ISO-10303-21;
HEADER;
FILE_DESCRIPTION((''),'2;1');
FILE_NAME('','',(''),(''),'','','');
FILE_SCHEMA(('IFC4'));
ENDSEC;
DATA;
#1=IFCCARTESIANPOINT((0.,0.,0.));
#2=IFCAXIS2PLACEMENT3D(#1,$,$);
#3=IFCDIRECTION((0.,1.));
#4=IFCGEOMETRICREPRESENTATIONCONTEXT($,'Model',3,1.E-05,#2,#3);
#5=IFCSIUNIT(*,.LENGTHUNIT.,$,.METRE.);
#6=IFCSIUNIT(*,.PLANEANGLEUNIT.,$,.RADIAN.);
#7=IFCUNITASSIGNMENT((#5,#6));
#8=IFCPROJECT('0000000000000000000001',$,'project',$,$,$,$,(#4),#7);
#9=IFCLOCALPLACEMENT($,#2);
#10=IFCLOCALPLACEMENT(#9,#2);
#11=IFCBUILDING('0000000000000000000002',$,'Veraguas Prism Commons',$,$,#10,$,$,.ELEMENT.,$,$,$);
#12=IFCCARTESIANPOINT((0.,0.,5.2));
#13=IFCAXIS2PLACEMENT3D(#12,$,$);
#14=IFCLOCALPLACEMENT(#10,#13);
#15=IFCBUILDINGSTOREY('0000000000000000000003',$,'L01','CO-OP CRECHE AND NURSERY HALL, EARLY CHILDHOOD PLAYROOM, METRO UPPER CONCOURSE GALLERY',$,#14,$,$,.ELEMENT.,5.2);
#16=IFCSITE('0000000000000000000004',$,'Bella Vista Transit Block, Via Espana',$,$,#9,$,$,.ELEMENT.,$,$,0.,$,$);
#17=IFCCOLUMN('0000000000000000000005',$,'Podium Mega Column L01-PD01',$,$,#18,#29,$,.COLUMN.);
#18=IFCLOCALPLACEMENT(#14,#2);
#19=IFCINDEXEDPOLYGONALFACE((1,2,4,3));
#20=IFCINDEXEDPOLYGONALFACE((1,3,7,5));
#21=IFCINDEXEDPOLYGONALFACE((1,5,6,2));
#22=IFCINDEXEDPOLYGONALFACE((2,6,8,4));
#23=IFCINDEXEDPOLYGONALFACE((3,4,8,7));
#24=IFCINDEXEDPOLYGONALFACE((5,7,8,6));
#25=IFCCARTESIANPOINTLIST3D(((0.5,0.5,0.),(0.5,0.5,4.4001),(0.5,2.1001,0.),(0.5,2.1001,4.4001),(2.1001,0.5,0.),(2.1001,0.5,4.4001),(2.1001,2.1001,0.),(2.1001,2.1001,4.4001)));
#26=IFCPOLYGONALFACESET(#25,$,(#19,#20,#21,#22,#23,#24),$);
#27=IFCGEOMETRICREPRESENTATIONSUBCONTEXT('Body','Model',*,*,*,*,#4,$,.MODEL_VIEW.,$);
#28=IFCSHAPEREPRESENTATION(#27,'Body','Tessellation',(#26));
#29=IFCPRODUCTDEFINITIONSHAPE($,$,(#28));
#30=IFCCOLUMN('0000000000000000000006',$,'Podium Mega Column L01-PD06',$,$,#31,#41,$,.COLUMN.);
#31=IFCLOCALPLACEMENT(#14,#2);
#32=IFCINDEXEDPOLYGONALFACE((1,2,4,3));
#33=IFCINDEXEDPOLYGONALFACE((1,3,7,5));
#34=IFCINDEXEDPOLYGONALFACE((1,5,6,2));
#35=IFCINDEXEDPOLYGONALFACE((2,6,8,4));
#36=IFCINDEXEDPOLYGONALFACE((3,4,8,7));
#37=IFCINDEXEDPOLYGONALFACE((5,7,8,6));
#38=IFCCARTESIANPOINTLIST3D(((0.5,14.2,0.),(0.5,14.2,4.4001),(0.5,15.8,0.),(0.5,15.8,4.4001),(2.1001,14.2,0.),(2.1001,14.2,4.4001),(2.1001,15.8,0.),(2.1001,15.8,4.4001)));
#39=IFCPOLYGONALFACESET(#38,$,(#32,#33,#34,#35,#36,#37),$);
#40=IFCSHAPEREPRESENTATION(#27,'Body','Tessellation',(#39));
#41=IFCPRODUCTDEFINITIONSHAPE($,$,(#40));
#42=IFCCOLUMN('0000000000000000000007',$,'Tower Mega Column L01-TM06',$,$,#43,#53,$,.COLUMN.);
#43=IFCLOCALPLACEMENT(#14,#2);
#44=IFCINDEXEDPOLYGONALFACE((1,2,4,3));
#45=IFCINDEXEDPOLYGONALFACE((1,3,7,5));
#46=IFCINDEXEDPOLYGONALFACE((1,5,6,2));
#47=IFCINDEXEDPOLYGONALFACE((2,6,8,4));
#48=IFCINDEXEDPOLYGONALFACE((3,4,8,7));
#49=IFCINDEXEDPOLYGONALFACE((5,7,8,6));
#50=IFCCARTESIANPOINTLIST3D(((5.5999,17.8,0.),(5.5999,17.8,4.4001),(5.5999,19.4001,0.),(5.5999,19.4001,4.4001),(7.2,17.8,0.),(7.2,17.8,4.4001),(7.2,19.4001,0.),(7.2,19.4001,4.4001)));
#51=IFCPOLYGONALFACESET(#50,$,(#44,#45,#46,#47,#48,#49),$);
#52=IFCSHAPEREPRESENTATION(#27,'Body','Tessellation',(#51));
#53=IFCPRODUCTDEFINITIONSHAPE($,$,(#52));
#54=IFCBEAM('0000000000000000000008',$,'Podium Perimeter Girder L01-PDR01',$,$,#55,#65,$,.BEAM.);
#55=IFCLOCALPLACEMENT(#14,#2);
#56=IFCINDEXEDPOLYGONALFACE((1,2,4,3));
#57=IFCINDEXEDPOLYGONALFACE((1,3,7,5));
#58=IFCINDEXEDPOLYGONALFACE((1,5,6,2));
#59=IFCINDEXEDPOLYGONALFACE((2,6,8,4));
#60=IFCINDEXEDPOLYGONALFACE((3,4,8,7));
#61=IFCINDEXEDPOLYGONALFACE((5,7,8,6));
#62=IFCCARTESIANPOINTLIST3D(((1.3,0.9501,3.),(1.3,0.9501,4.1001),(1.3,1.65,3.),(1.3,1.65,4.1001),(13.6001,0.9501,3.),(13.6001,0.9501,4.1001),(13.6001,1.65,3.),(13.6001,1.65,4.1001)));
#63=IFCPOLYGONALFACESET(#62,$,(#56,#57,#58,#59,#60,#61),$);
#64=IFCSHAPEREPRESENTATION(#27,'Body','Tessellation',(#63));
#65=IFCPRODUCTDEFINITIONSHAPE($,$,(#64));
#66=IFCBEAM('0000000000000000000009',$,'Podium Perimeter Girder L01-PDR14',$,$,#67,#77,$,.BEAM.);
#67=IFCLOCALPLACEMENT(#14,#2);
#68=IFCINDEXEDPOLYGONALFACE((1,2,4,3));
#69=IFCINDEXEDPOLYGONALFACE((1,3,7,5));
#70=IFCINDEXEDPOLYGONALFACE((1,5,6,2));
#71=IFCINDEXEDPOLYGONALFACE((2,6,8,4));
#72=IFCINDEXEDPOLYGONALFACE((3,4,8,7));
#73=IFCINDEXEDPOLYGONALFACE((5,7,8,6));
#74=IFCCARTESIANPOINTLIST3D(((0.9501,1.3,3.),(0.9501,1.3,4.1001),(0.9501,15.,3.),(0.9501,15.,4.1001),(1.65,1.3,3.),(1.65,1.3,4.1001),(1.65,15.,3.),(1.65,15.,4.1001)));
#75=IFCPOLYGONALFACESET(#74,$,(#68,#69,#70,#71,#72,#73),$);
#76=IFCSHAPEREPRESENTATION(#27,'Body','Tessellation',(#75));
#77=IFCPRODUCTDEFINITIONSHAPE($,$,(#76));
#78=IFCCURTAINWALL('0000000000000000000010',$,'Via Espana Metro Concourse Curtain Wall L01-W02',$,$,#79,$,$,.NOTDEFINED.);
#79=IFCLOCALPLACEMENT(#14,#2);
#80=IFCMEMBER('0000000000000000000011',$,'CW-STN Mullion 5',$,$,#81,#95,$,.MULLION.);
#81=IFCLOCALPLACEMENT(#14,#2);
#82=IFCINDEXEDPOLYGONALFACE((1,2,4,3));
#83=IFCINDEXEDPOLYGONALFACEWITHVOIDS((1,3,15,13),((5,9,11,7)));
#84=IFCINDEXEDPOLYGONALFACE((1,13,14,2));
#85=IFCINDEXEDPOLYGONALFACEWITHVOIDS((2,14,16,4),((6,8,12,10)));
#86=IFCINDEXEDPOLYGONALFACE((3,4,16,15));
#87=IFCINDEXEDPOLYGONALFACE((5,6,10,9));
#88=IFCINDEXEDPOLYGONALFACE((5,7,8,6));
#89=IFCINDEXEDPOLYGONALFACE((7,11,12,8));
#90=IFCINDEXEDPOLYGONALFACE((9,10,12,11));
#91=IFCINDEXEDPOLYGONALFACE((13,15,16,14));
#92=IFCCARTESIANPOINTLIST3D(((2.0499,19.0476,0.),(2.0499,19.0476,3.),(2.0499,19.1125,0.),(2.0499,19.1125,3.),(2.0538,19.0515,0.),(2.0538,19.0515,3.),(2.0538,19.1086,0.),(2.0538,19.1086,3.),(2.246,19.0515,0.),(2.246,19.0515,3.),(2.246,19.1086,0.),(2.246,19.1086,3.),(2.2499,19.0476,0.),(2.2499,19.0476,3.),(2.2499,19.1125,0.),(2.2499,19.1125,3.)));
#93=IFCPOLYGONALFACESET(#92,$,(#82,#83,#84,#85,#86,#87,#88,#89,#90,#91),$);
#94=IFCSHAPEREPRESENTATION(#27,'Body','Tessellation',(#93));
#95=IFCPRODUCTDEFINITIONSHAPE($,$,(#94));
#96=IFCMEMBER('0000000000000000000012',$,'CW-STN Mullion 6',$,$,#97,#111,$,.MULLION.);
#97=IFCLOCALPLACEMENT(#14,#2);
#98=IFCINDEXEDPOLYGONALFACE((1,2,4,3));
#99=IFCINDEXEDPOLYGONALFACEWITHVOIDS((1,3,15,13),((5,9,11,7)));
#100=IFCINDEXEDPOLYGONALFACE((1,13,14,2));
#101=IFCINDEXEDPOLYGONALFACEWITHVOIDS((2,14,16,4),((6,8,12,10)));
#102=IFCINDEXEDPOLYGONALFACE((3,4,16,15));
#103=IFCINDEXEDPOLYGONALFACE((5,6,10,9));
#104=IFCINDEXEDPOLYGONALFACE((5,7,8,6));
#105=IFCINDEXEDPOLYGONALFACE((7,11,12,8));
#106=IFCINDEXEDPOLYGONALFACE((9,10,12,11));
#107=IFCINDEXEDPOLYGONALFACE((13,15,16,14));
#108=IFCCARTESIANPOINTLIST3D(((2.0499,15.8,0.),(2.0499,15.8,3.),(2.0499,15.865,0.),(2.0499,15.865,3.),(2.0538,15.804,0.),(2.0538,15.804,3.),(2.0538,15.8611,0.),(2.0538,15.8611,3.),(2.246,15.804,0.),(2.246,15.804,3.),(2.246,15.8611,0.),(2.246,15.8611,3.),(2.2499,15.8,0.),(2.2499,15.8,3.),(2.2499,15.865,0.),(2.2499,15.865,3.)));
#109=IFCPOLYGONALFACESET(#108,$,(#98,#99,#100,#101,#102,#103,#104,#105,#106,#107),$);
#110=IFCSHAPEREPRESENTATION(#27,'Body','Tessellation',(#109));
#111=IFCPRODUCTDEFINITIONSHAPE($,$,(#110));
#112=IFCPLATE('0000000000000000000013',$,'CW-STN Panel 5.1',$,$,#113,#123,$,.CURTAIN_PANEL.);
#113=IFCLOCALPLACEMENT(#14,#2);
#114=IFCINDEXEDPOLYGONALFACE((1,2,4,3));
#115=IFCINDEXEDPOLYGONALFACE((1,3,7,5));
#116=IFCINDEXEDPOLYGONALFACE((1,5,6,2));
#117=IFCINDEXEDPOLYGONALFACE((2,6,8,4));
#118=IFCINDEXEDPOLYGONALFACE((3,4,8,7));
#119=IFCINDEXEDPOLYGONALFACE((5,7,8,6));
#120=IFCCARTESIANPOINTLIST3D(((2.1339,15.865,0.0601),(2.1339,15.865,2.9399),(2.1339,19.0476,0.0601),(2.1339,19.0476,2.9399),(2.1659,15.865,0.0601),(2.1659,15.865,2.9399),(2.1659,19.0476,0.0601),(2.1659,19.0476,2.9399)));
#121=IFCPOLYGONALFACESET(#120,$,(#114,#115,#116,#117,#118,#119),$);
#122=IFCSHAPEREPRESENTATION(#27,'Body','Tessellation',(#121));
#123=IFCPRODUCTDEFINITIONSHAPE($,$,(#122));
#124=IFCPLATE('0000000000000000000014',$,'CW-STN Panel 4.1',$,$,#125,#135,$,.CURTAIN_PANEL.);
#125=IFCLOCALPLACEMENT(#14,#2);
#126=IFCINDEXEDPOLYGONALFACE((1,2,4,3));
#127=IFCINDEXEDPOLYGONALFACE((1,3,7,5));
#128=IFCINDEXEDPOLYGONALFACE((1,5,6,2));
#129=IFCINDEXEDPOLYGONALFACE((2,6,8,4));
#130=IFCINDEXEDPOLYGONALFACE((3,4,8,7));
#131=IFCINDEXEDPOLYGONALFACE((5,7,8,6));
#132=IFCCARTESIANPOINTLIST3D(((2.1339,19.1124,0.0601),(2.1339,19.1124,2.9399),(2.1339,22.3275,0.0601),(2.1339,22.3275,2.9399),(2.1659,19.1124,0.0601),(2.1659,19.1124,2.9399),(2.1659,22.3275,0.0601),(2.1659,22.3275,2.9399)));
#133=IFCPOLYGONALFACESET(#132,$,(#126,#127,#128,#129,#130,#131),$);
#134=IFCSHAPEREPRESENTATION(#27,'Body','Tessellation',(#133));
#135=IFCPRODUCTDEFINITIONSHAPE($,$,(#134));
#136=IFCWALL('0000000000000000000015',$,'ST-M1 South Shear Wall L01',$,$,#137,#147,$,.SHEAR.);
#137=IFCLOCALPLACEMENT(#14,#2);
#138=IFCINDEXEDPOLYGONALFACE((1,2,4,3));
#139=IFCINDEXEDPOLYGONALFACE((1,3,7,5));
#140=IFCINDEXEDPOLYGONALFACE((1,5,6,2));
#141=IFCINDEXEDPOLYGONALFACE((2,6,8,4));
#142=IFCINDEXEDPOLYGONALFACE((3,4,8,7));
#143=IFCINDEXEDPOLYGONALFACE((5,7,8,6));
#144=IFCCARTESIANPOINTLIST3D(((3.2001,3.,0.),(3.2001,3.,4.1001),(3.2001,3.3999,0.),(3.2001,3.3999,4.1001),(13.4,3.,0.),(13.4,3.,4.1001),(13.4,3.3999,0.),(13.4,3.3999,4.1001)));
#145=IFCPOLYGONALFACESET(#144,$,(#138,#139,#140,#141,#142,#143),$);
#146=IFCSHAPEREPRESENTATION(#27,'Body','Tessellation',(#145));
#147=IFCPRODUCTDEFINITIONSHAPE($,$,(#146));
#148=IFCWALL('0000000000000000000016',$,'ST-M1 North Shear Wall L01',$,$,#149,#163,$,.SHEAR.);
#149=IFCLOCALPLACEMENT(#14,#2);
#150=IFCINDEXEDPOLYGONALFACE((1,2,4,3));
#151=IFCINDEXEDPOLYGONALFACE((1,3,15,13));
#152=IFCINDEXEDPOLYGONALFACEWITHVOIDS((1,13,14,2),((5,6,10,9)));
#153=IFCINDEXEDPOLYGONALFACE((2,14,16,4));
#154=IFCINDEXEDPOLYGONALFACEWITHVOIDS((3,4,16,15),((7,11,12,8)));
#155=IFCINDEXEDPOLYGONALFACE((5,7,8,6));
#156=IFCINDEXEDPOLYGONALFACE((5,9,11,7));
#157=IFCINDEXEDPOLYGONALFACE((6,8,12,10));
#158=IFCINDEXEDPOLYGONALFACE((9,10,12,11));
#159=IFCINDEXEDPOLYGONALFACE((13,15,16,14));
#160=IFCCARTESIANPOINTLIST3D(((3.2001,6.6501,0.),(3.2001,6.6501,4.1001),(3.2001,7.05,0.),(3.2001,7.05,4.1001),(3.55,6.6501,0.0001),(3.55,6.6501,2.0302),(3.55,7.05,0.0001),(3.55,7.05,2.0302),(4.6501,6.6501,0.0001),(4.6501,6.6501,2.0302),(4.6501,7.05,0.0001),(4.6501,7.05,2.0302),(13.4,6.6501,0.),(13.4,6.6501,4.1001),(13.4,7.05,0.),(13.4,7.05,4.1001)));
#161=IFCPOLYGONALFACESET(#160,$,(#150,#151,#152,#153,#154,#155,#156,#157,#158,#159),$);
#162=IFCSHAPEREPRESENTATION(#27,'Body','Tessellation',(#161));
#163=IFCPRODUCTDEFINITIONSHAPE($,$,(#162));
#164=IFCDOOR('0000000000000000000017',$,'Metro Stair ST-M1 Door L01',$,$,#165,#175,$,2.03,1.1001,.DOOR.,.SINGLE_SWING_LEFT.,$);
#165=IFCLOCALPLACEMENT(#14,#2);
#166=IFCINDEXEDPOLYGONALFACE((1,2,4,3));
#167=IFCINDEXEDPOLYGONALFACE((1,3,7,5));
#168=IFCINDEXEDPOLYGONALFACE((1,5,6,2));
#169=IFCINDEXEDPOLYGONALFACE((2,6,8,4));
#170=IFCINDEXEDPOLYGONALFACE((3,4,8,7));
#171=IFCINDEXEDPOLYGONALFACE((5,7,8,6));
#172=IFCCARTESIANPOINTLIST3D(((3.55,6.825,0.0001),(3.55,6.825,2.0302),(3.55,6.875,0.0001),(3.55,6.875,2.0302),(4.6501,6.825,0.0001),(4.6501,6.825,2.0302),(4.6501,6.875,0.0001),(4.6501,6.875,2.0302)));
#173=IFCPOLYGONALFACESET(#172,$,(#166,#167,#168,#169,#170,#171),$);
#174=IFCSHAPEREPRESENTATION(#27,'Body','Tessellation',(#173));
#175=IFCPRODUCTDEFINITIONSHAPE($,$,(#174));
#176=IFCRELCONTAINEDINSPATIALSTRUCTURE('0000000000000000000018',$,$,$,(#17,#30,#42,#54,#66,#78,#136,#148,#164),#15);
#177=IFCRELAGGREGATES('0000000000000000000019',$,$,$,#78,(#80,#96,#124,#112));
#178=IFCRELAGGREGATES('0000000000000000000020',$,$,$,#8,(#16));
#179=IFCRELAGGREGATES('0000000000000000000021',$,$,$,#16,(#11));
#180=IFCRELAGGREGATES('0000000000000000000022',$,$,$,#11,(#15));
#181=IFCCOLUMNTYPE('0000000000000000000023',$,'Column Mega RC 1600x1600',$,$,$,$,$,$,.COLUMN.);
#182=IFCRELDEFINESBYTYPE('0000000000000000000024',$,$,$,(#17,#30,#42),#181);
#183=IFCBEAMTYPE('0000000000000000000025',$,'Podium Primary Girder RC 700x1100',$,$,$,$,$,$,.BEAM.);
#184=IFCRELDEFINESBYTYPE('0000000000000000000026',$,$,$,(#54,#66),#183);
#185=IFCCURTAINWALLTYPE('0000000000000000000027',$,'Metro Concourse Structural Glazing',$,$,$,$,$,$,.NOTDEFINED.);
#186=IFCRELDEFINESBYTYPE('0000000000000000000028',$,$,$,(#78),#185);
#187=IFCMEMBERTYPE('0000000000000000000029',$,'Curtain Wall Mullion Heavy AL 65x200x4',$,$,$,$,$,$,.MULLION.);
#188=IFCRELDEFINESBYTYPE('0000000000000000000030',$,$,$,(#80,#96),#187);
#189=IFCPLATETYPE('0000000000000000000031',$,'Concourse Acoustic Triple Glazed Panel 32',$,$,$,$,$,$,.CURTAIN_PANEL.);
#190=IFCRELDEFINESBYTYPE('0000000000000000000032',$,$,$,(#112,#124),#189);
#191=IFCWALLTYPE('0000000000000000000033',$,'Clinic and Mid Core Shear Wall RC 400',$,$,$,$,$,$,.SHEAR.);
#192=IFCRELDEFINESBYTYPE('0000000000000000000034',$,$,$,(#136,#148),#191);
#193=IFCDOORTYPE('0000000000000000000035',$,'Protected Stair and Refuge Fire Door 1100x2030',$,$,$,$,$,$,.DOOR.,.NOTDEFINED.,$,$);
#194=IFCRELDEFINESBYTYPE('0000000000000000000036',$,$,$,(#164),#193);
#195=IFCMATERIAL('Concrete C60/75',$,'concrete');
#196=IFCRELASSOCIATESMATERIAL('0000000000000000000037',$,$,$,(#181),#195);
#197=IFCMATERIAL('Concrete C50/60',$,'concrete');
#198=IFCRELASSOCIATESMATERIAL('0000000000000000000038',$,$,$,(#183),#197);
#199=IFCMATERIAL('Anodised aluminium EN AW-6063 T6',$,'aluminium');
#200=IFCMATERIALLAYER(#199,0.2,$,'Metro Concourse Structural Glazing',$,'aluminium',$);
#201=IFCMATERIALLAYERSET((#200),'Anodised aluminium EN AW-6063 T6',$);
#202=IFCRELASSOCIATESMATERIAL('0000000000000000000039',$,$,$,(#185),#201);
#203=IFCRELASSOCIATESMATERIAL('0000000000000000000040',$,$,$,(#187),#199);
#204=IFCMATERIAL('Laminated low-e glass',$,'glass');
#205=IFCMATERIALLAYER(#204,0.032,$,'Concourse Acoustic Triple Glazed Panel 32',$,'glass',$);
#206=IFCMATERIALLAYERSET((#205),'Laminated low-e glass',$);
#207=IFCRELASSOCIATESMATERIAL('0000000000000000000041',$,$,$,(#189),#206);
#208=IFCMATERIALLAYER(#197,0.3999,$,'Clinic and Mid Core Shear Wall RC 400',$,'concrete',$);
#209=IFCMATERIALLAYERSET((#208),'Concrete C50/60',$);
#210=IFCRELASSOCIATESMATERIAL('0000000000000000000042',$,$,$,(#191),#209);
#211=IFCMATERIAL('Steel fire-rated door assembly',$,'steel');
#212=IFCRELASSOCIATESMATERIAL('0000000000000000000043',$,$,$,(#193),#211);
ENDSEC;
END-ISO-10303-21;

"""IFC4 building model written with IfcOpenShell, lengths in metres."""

from ifc_helpers import new_model, si_unit, direction, frame, frame_2d, origin, origin_2d, place, context, subcontext, project, spatial, rectangle, hollow_rectangle, extrude, source, transform, mapped, material, layer, layer_set, material_profile, profile_set, type_object, element, fill, aggregate, save


model = new_model("IFC4")

# Units and contexts
model_context = context("Model", 3, precision=1e-05, world=origin(), true_north=direction((0.0, 1.0)))
body_context = subcontext(model_context, "Body", "Model", "MODEL_VIEW")
ifc_project = project(units=[si_unit("LENGTHUNIT", "METRE"), si_unit("PLANEANGLEUNIT", "RADIAN")], contexts=[model_context])

# Site, building, storey
site_placement = place(None, origin())
site = spatial("IfcSite", under=ifc_project, at=site_placement, Name="Bella Vista Transit Block, Via Espana", CompositionType="ELEMENT", RefElevation=0.0)
building_placement = place(site_placement, origin())
building = spatial("IfcBuilding", under=site, at=building_placement, Name="Veraguas Prism Commons", CompositionType="ELEMENT")
storey_placement = place(building_placement, frame((0.0, 0.0, 5.2)))
storey = spatial("IfcBuildingStorey", under=building, at=storey_placement, Name="L01", Description="CO-OP CRECHE AND NURSERY HALL, EARLY CHILDHOOD PLAYROOM, METRO UPPER CONCOURSE GALLERY", CompositionType="ELEMENT", Elevation=5.2)

# Columns
ifc_material_1 = material(Name="Concrete C60/75", Category="concrete")
ifc_material_profile_1 = material_profile(ifc_material_1, rectangle(XDim=1.6001, YDim=1.6001, at=origin_2d()), Name="RC1600X1600")
ifc_profile_set_1 = profile_set([ifc_material_profile_1], Name="Concrete C60/75")
column_type = type_object("IfcColumnType", Name="Column Mega RC 1600x1600", PredefinedType="COLUMN", material=ifc_profile_set_1)
for number, where, z_axis, x_axis, name in (
    (1, (1.3, 1.3, 0.0), (0.0, 0.0, 1.0), (1.0, 0.0, 0.0), "Podium Mega Column L01-PD01"),
    (2, (1.3, 15.0, 0.0), (0.0, 0.0, 1.0), (1.0, 0.0, 0.0), "Podium Mega Column L01-PD06"),
    (3, (6.3999, 18.6001, 0.0), (0.0, 0.0, 1.0), (1.0, 0.0, 0.0), "Tower Mega Column L01-TM06"),
):
    element("IfcColumn", number, at=place(storey_placement, frame(where, z_axis=z_axis, x_axis=x_axis)), inside=storey, type_object=column_type, Name=name, PredefinedType="COLUMN", context=body_context, shape_type="SweptSolid", body=[
        extrude(rectangle(XDim=1.6001, YDim=1.6001, at=origin_2d()), origin(), (0.0, 0.0, 1.0), 4.4001),
    ])

# Beams
ifc_material_2 = material(Name="Concrete C50/60", Category="concrete")
ifc_material_profile_2 = material_profile(ifc_material_2, rectangle(XDim=0.7, YDim=1.1001, at=origin_2d()), Name="RC700X1100")
ifc_profile_set_2 = profile_set([ifc_material_profile_2], Name="Concrete C50/60")
beam_type = type_object("IfcBeamType", Name="Podium Primary Girder RC 700x1100", PredefinedType="BEAM", material=ifc_profile_set_2)
beam_1_placement = place(storey_placement, frame((1.3, 1.3, 3.55), z_axis=(1.0, 0.0, 0.0), x_axis=(0.0, 1.0, 0.0)))
element("IfcBeam", 4, at=beam_1_placement, inside=storey, type_object=beam_type, Name="Podium Perimeter Girder L01-PDR01", PredefinedType="BEAM", context=body_context, shape_type="SweptSolid", body=[
    extrude(rectangle(XDim=0.7, YDim=1.1001, at=origin_2d()), origin(), (0.0, 0.0, 1.0), 12.3),
])
beam_2_placement = place(storey_placement, frame((1.3, 15.0, 3.55), z_axis=(0.0, -1.0, 0.0), x_axis=(1.0, 0.0, 0.0)))
element("IfcBeam", 5, at=beam_2_placement, inside=storey, type_object=beam_type, Name="Podium Perimeter Girder L01-PDR14", PredefinedType="BEAM", context=body_context, shape_type="SweptSolid", body=[
    extrude(rectangle(XDim=0.7, YDim=1.1001, at=origin_2d()), origin(), (0.0, 0.0, 1.0), 13.7),
])

# Curtain wall, members, plates
ifc_material_3 = material(Name="Anodised aluminium EN AW-6063 T6", Category="aluminium")
ifc_layer_1 = layer(ifc_material_3, 0.2, Name="Metro Concourse Structural Glazing", Category="aluminium")
ifc_layer_set_1 = layer_set([ifc_layer_1], Name="Anodised aluminium EN AW-6063 T6")
curtain_wall_type = type_object("IfcCurtainWallType", Name="Metro Concourse Structural Glazing", PredefinedType="NOTDEFINED", material=ifc_layer_set_1)
curtain_wall_placement = place(storey_placement, origin())
curtain_wall = element("IfcCurtainWall", 6, at=curtain_wall_placement, inside=storey, type_object=curtain_wall_type, Name="Via Espana Metro Concourse Curtain Wall L01-W02", PredefinedType="NOTDEFINED")
ifc_material_profile_3 = material_profile(ifc_material_3, hollow_rectangle(XDim=0.0649, YDim=0.2, WallThickness=0.0039, at=origin_2d()), Name="AL65X200X4")
ifc_profile_set_3 = profile_set([ifc_material_profile_3], Name="Anodised aluminium EN AW-6063 T6")
member_type = type_object("IfcMemberType", Name="Curtain Wall Mullion Heavy AL 65x200x4", PredefinedType="MULLION", material=ifc_profile_set_3)
shared_shape_1 = source(origin(), body_context, "Body", "SweptSolid", [
    extrude(hollow_rectangle(XDim=0.0649, YDim=0.2, WallThickness=0.0039, at=origin_2d()), origin(), (0.0, 0.0, 1.0), 3.0),
])
member_1_placement = place(storey_placement, frame((2.1499, 19.0801, 0.0), z_axis=(0.0, 0.0, 1.0), x_axis=(0.0, -1.0, 0.0)))
member_1 = element("IfcMember", 7, at=member_1_placement, type_object=member_type, Name="CW-STN Mullion 5", PredefinedType="MULLION", context=body_context, shape_type="MappedRepresentation", body=[
    mapped(shared_shape_1, transform((0.0, 0.0, 0.0), scale=1.0)),
])
member_2_placement = place(storey_placement, frame((2.1499, 15.8325, 0.0), z_axis=(0.0, 0.0, 1.0), x_axis=(0.0, -1.0, 0.0)))
member_2 = element("IfcMember", 8, at=member_2_placement, type_object=member_type, Name="CW-STN Mullion 6", PredefinedType="MULLION", context=body_context, shape_type="MappedRepresentation", body=[
    mapped(shared_shape_1, transform((0.0, 0.0, 0.0), scale=1.0)),
])
ifc_material_4 = material(Name="Laminated low-e glass", Category="glass")
ifc_layer_2 = layer(ifc_material_4, 0.032, Name="Concourse Acoustic Triple Glazed Panel 32", Category="glass")
ifc_layer_set_2 = layer_set([ifc_layer_2], Name="Laminated low-e glass")
plate_type = type_object("IfcPlateType", Name="Concourse Acoustic Triple Glazed Panel 32", PredefinedType="CURTAIN_PANEL", material=ifc_layer_set_2)
shared_shape_2 = source(origin(), body_context, "Body", "SweptSolid", [
    extrude(rectangle(XDim=3.1826, YDim=0.032, at=origin_2d()), origin(), (0.0, 0.0, 1.0), 2.8799),
])
plate_1_placement = place(storey_placement, frame((2.1499, 17.4563, 0.0601), z_axis=(0.0, 0.0, 1.0), x_axis=(0.0, -1.0, 0.0)))
plate_1 = element("IfcPlate", 9, at=plate_1_placement, type_object=plate_type, Name="CW-STN Panel 5.1", PredefinedType="CURTAIN_PANEL", context=body_context, shape_type="MappedRepresentation", body=[
    mapped(shared_shape_2, transform((0.0, 0.0, 0.0), scale=1.0)),
])
shared_shape_3 = source(origin(), body_context, "Body", "SweptSolid", [
    extrude(rectangle(XDim=3.2151, YDim=0.032, at=origin_2d()), origin(), (0.0, 0.0, 1.0), 2.8799),
])
plate_2_placement = place(storey_placement, frame((2.1499, 20.72, 0.0601), z_axis=(0.0, 0.0, 1.0), x_axis=(0.0, -1.0, 0.0)))
plate_2 = element("IfcPlate", 10, at=plate_2_placement, type_object=plate_type, Name="CW-STN Panel 4.1", PredefinedType="CURTAIN_PANEL", context=body_context, shape_type="MappedRepresentation", body=[
    mapped(shared_shape_3, transform((0.0, 0.0, 0.0), scale=1.0)),
])
aggregate(curtain_wall, [member_1, member_2, plate_2, plate_1])

# Wall
ifc_layer_3 = layer(ifc_material_2, 0.3999, Name="Clinic and Mid Core Shear Wall RC 400", Category="concrete")
ifc_layer_set_3 = layer_set([ifc_layer_3], Name="Concrete C50/60")
wall_type_1 = type_object("IfcWallType", Name="Clinic and Mid Core Shear Wall RC 400", PredefinedType="SHEAR", material=ifc_layer_set_3)
wall_1_placement = place(storey_placement, frame((3.2, 3.2, 0.0), z_axis=(0.0, 0.0, 1.0), x_axis=(1.0, 0.0, 0.0)))
element("IfcWall", 11, at=wall_1_placement, inside=storey, type_object=wall_type_1, Name="ST-M1 South Shear Wall L01", PredefinedType="SHEAR", context=body_context, shape_type="SweptSolid", body=[
    extrude(rectangle(XDim=10.2, YDim=0.3999, at=frame_2d((5.1001, 0.0))), origin(), (0.0, 0.0, 1.0), 4.1001),
])

# Wall, opening, door
wall_2_placement = place(storey_placement, frame((3.2, 6.8501, 0.0), z_axis=(0.0, 0.0, 1.0), x_axis=(1.0, 0.0, 0.0)))
wall_2 = element("IfcWall", 12, at=wall_2_placement, inside=storey, type_object=wall_type_1, Name="ST-M1 North Shear Wall L01", PredefinedType="SHEAR", context=body_context, shape_type="SweptSolid", body=[
    extrude(rectangle(XDim=10.2, YDim=0.3999, at=frame_2d((5.1001, 0.0))), origin(), (0.0, 0.0, 1.0), 4.1001),
])
opening_1_placement = place(wall_2_placement, frame((0.3501, 0.0, 0.0)))
opening_1 = element("IfcOpeningElement", 13, at=opening_1_placement, cuts=wall_2, PredefinedType="OPENING", context=body_context, shape_type="SweptSolid", body=[
    extrude(rectangle(XDim=1.1001, YDim=2.03, at=frame_2d((0.55, 1.0151))), frame((0.0, 0.21, 0.0), z_axis=(0.0, -1.0, 0.0), x_axis=(1.0, 0.0, 0.0)), (0.0, 0.0, 1.0), 0.4199),
])
ifc_material_5 = material(Name="Steel fire-rated door assembly", Category="steel")
door_type = type_object("IfcDoorType", Name="Protected Stair and Refuge Fire Door 1100x2030", OperationType="NOTDEFINED", PredefinedType="DOOR", material=ifc_material_5)
shared_shape_4 = source(origin(), body_context, "Body", "SweptSolid", [
    extrude(rectangle(XDim=1.1001, YDim=2.03, at=frame_2d((0.55, 1.0151))), frame((0.0, 0.0249, 0.0), z_axis=(0.0, -1.0, 0.0), x_axis=(1.0, 0.0, 0.0)), (0.0, 0.0, 1.0), 0.05),
])
door_placement = place(opening_1_placement, origin())
door = element("IfcDoor", 14, at=door_placement, inside=storey, type_object=door_type, Name="Metro Stair ST-M1 Door L01", OperationType="SINGLE_SWING_LEFT", OverallHeight=2.03, OverallWidth=1.1001, PredefinedType="DOOR", context=body_context, shape_type="MappedRepresentation", body=[
    mapped(shared_shape_4, transform((0.0, 0.0, 0.0), scale=1.0)),
])
fill(opening_1, door)

save(model, "model.ifc")
